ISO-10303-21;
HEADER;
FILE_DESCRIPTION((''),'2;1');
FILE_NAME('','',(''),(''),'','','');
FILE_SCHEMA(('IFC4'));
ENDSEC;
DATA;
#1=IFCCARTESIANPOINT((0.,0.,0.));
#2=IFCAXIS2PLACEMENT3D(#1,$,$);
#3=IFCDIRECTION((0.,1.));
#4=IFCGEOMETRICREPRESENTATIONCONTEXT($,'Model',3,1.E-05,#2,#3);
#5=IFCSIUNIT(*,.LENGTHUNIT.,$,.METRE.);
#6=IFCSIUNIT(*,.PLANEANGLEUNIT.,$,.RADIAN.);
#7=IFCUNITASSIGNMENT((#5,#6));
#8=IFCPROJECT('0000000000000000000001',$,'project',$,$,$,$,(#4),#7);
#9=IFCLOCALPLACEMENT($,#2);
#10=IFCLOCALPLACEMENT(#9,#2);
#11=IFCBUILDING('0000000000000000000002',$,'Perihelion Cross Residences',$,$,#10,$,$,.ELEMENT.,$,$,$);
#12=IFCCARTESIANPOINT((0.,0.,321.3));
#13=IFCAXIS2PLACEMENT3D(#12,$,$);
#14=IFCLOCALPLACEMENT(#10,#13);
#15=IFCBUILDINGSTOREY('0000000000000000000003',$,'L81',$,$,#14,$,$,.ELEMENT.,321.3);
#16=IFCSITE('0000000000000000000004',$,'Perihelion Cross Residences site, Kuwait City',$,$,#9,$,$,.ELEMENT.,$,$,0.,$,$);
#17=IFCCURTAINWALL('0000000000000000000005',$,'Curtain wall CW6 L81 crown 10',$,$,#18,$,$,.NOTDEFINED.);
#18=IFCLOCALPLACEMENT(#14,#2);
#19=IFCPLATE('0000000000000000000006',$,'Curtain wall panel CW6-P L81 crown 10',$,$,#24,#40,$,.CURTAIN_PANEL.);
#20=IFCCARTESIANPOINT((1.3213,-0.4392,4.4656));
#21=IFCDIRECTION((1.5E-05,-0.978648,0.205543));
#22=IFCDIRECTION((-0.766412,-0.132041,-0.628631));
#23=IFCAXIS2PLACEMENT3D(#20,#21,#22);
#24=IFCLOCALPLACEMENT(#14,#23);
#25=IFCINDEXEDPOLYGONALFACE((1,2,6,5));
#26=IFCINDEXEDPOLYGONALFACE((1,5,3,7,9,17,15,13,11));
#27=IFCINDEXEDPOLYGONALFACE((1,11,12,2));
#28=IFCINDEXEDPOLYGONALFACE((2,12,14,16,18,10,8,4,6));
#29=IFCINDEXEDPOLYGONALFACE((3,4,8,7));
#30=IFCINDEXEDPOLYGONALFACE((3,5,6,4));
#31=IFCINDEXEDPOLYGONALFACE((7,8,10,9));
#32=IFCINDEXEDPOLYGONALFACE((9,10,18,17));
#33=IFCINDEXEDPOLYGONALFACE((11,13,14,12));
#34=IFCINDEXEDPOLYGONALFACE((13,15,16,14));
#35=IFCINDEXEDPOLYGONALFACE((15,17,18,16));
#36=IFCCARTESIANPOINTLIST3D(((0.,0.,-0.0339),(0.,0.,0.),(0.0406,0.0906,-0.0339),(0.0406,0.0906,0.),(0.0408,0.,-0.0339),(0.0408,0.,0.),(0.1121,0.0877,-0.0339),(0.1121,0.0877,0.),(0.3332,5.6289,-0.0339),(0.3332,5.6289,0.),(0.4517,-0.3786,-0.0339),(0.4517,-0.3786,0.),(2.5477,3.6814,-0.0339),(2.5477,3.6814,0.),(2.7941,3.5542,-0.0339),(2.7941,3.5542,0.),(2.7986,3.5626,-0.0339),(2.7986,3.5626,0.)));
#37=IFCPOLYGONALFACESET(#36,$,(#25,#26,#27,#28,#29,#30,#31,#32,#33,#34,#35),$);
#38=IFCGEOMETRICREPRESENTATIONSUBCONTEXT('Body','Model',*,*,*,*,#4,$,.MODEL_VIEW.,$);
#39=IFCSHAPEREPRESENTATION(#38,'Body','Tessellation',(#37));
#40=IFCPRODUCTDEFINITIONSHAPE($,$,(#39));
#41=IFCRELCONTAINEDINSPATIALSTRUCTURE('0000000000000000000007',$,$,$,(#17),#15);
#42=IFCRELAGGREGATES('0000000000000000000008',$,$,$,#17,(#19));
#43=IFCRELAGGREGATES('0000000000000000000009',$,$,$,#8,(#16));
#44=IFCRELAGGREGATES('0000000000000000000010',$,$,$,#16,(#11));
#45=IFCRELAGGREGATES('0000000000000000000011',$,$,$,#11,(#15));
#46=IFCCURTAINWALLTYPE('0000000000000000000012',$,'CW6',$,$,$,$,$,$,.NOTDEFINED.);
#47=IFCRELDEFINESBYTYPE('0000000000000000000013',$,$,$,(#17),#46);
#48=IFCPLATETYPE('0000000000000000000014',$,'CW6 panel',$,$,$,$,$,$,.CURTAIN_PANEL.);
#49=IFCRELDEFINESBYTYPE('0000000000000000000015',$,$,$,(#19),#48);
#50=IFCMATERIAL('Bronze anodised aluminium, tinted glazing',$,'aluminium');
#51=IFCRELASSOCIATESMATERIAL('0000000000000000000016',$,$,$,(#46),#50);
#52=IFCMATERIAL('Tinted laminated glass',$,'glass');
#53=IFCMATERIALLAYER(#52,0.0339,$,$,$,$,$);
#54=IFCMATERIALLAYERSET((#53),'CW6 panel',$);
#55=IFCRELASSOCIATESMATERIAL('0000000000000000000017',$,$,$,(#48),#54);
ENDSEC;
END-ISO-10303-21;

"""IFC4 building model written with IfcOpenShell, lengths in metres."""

from ifc_helpers import new_model, si_unit, direction, frame, origin, place, context, subcontext, project, spatial, polyline, outline, extrude, material, layer, layer_set, type_object, element, aggregate, save


model = new_model("IFC4")

# Units and contexts
model_context = context("Model", 3, precision=1e-05, world=origin(), true_north=direction((0.0, 1.0)))
body_context = subcontext(model_context, "Body", "Model", "MODEL_VIEW")
ifc_project = project(units=[si_unit("LENGTHUNIT", "METRE"), si_unit("PLANEANGLEUNIT", "RADIAN")], contexts=[model_context])

# Site, building, storey
site_placement = place(None, origin())
site = spatial("IfcSite", under=ifc_project, at=site_placement, Name="Perihelion Cross Residences site, Kuwait City", CompositionType="ELEMENT", RefElevation=0.0)
building_placement = place(site_placement, origin())
building = spatial("IfcBuilding", under=site, at=building_placement, Name="Perihelion Cross Residences", CompositionType="ELEMENT")
storey_placement = place(building_placement, frame((0.0, 0.0, 321.3)))
storey = spatial("IfcBuildingStorey", under=building, at=storey_placement, Name="L81", CompositionType="ELEMENT", Elevation=321.3)

# Curtain wall
ifc_material_1 = material(Name="Bronze anodised aluminium, tinted glazing", Category="aluminium")
curtain_wall_type = type_object("IfcCurtainWallType", Name="CW6", PredefinedType="NOTDEFINED", material=ifc_material_1)
curtain_wall_1_placement = place(storey_placement, origin())
curtain_wall_1 = element("IfcCurtainWall", 1, at=curtain_wall_1_placement, inside=storey, type_object=curtain_wall_type, Name="Curtain wall CW6 L81 crown 10", PredefinedType="NOTDEFINED")

# Plate
ifc_material_2 = material(Name="Tinted laminated glass", Category="glass")
ifc_layer_1 = layer(ifc_material_2, 0.0339)
ifc_layer_set_1 = layer_set([ifc_layer_1], Name="CW6 panel")
plate_type_1 = type_object("IfcPlateType", Name="CW6 panel", PredefinedType="CURTAIN_PANEL", material=ifc_layer_set_1)
plate_1_placement = place(storey_placement, frame((1.3213, -0.4392, 4.4656), z_axis=(0.000015, -0.978648, 0.205543), x_axis=(-0.766412, -0.132041, -0.628631)))
plate_1 = element("IfcPlate", 2, at=plate_1_placement, type_object=plate_type_1, Name="Curtain wall panel CW6-P L81 crown 10", PredefinedType="CURTAIN_PANEL", context=body_context, shape_type="SweptSolid", body=[
    extrude(outline(polyline([(0.0, 0.0), (0.0408, 0.0), (0.0406, 0.0906), (0.1121, 0.0877), (0.3332, 5.6289), (2.7986, 3.5626), (2.7941, 3.5542), (2.5477, 3.6814), (0.4517, -0.3786), (0.0, 0.0)])), origin(), (0.0, 0.0, -1.0), 0.0339),
])
aggregate(curtain_wall_1, [plate_1])

save(model, "model.ifc")
